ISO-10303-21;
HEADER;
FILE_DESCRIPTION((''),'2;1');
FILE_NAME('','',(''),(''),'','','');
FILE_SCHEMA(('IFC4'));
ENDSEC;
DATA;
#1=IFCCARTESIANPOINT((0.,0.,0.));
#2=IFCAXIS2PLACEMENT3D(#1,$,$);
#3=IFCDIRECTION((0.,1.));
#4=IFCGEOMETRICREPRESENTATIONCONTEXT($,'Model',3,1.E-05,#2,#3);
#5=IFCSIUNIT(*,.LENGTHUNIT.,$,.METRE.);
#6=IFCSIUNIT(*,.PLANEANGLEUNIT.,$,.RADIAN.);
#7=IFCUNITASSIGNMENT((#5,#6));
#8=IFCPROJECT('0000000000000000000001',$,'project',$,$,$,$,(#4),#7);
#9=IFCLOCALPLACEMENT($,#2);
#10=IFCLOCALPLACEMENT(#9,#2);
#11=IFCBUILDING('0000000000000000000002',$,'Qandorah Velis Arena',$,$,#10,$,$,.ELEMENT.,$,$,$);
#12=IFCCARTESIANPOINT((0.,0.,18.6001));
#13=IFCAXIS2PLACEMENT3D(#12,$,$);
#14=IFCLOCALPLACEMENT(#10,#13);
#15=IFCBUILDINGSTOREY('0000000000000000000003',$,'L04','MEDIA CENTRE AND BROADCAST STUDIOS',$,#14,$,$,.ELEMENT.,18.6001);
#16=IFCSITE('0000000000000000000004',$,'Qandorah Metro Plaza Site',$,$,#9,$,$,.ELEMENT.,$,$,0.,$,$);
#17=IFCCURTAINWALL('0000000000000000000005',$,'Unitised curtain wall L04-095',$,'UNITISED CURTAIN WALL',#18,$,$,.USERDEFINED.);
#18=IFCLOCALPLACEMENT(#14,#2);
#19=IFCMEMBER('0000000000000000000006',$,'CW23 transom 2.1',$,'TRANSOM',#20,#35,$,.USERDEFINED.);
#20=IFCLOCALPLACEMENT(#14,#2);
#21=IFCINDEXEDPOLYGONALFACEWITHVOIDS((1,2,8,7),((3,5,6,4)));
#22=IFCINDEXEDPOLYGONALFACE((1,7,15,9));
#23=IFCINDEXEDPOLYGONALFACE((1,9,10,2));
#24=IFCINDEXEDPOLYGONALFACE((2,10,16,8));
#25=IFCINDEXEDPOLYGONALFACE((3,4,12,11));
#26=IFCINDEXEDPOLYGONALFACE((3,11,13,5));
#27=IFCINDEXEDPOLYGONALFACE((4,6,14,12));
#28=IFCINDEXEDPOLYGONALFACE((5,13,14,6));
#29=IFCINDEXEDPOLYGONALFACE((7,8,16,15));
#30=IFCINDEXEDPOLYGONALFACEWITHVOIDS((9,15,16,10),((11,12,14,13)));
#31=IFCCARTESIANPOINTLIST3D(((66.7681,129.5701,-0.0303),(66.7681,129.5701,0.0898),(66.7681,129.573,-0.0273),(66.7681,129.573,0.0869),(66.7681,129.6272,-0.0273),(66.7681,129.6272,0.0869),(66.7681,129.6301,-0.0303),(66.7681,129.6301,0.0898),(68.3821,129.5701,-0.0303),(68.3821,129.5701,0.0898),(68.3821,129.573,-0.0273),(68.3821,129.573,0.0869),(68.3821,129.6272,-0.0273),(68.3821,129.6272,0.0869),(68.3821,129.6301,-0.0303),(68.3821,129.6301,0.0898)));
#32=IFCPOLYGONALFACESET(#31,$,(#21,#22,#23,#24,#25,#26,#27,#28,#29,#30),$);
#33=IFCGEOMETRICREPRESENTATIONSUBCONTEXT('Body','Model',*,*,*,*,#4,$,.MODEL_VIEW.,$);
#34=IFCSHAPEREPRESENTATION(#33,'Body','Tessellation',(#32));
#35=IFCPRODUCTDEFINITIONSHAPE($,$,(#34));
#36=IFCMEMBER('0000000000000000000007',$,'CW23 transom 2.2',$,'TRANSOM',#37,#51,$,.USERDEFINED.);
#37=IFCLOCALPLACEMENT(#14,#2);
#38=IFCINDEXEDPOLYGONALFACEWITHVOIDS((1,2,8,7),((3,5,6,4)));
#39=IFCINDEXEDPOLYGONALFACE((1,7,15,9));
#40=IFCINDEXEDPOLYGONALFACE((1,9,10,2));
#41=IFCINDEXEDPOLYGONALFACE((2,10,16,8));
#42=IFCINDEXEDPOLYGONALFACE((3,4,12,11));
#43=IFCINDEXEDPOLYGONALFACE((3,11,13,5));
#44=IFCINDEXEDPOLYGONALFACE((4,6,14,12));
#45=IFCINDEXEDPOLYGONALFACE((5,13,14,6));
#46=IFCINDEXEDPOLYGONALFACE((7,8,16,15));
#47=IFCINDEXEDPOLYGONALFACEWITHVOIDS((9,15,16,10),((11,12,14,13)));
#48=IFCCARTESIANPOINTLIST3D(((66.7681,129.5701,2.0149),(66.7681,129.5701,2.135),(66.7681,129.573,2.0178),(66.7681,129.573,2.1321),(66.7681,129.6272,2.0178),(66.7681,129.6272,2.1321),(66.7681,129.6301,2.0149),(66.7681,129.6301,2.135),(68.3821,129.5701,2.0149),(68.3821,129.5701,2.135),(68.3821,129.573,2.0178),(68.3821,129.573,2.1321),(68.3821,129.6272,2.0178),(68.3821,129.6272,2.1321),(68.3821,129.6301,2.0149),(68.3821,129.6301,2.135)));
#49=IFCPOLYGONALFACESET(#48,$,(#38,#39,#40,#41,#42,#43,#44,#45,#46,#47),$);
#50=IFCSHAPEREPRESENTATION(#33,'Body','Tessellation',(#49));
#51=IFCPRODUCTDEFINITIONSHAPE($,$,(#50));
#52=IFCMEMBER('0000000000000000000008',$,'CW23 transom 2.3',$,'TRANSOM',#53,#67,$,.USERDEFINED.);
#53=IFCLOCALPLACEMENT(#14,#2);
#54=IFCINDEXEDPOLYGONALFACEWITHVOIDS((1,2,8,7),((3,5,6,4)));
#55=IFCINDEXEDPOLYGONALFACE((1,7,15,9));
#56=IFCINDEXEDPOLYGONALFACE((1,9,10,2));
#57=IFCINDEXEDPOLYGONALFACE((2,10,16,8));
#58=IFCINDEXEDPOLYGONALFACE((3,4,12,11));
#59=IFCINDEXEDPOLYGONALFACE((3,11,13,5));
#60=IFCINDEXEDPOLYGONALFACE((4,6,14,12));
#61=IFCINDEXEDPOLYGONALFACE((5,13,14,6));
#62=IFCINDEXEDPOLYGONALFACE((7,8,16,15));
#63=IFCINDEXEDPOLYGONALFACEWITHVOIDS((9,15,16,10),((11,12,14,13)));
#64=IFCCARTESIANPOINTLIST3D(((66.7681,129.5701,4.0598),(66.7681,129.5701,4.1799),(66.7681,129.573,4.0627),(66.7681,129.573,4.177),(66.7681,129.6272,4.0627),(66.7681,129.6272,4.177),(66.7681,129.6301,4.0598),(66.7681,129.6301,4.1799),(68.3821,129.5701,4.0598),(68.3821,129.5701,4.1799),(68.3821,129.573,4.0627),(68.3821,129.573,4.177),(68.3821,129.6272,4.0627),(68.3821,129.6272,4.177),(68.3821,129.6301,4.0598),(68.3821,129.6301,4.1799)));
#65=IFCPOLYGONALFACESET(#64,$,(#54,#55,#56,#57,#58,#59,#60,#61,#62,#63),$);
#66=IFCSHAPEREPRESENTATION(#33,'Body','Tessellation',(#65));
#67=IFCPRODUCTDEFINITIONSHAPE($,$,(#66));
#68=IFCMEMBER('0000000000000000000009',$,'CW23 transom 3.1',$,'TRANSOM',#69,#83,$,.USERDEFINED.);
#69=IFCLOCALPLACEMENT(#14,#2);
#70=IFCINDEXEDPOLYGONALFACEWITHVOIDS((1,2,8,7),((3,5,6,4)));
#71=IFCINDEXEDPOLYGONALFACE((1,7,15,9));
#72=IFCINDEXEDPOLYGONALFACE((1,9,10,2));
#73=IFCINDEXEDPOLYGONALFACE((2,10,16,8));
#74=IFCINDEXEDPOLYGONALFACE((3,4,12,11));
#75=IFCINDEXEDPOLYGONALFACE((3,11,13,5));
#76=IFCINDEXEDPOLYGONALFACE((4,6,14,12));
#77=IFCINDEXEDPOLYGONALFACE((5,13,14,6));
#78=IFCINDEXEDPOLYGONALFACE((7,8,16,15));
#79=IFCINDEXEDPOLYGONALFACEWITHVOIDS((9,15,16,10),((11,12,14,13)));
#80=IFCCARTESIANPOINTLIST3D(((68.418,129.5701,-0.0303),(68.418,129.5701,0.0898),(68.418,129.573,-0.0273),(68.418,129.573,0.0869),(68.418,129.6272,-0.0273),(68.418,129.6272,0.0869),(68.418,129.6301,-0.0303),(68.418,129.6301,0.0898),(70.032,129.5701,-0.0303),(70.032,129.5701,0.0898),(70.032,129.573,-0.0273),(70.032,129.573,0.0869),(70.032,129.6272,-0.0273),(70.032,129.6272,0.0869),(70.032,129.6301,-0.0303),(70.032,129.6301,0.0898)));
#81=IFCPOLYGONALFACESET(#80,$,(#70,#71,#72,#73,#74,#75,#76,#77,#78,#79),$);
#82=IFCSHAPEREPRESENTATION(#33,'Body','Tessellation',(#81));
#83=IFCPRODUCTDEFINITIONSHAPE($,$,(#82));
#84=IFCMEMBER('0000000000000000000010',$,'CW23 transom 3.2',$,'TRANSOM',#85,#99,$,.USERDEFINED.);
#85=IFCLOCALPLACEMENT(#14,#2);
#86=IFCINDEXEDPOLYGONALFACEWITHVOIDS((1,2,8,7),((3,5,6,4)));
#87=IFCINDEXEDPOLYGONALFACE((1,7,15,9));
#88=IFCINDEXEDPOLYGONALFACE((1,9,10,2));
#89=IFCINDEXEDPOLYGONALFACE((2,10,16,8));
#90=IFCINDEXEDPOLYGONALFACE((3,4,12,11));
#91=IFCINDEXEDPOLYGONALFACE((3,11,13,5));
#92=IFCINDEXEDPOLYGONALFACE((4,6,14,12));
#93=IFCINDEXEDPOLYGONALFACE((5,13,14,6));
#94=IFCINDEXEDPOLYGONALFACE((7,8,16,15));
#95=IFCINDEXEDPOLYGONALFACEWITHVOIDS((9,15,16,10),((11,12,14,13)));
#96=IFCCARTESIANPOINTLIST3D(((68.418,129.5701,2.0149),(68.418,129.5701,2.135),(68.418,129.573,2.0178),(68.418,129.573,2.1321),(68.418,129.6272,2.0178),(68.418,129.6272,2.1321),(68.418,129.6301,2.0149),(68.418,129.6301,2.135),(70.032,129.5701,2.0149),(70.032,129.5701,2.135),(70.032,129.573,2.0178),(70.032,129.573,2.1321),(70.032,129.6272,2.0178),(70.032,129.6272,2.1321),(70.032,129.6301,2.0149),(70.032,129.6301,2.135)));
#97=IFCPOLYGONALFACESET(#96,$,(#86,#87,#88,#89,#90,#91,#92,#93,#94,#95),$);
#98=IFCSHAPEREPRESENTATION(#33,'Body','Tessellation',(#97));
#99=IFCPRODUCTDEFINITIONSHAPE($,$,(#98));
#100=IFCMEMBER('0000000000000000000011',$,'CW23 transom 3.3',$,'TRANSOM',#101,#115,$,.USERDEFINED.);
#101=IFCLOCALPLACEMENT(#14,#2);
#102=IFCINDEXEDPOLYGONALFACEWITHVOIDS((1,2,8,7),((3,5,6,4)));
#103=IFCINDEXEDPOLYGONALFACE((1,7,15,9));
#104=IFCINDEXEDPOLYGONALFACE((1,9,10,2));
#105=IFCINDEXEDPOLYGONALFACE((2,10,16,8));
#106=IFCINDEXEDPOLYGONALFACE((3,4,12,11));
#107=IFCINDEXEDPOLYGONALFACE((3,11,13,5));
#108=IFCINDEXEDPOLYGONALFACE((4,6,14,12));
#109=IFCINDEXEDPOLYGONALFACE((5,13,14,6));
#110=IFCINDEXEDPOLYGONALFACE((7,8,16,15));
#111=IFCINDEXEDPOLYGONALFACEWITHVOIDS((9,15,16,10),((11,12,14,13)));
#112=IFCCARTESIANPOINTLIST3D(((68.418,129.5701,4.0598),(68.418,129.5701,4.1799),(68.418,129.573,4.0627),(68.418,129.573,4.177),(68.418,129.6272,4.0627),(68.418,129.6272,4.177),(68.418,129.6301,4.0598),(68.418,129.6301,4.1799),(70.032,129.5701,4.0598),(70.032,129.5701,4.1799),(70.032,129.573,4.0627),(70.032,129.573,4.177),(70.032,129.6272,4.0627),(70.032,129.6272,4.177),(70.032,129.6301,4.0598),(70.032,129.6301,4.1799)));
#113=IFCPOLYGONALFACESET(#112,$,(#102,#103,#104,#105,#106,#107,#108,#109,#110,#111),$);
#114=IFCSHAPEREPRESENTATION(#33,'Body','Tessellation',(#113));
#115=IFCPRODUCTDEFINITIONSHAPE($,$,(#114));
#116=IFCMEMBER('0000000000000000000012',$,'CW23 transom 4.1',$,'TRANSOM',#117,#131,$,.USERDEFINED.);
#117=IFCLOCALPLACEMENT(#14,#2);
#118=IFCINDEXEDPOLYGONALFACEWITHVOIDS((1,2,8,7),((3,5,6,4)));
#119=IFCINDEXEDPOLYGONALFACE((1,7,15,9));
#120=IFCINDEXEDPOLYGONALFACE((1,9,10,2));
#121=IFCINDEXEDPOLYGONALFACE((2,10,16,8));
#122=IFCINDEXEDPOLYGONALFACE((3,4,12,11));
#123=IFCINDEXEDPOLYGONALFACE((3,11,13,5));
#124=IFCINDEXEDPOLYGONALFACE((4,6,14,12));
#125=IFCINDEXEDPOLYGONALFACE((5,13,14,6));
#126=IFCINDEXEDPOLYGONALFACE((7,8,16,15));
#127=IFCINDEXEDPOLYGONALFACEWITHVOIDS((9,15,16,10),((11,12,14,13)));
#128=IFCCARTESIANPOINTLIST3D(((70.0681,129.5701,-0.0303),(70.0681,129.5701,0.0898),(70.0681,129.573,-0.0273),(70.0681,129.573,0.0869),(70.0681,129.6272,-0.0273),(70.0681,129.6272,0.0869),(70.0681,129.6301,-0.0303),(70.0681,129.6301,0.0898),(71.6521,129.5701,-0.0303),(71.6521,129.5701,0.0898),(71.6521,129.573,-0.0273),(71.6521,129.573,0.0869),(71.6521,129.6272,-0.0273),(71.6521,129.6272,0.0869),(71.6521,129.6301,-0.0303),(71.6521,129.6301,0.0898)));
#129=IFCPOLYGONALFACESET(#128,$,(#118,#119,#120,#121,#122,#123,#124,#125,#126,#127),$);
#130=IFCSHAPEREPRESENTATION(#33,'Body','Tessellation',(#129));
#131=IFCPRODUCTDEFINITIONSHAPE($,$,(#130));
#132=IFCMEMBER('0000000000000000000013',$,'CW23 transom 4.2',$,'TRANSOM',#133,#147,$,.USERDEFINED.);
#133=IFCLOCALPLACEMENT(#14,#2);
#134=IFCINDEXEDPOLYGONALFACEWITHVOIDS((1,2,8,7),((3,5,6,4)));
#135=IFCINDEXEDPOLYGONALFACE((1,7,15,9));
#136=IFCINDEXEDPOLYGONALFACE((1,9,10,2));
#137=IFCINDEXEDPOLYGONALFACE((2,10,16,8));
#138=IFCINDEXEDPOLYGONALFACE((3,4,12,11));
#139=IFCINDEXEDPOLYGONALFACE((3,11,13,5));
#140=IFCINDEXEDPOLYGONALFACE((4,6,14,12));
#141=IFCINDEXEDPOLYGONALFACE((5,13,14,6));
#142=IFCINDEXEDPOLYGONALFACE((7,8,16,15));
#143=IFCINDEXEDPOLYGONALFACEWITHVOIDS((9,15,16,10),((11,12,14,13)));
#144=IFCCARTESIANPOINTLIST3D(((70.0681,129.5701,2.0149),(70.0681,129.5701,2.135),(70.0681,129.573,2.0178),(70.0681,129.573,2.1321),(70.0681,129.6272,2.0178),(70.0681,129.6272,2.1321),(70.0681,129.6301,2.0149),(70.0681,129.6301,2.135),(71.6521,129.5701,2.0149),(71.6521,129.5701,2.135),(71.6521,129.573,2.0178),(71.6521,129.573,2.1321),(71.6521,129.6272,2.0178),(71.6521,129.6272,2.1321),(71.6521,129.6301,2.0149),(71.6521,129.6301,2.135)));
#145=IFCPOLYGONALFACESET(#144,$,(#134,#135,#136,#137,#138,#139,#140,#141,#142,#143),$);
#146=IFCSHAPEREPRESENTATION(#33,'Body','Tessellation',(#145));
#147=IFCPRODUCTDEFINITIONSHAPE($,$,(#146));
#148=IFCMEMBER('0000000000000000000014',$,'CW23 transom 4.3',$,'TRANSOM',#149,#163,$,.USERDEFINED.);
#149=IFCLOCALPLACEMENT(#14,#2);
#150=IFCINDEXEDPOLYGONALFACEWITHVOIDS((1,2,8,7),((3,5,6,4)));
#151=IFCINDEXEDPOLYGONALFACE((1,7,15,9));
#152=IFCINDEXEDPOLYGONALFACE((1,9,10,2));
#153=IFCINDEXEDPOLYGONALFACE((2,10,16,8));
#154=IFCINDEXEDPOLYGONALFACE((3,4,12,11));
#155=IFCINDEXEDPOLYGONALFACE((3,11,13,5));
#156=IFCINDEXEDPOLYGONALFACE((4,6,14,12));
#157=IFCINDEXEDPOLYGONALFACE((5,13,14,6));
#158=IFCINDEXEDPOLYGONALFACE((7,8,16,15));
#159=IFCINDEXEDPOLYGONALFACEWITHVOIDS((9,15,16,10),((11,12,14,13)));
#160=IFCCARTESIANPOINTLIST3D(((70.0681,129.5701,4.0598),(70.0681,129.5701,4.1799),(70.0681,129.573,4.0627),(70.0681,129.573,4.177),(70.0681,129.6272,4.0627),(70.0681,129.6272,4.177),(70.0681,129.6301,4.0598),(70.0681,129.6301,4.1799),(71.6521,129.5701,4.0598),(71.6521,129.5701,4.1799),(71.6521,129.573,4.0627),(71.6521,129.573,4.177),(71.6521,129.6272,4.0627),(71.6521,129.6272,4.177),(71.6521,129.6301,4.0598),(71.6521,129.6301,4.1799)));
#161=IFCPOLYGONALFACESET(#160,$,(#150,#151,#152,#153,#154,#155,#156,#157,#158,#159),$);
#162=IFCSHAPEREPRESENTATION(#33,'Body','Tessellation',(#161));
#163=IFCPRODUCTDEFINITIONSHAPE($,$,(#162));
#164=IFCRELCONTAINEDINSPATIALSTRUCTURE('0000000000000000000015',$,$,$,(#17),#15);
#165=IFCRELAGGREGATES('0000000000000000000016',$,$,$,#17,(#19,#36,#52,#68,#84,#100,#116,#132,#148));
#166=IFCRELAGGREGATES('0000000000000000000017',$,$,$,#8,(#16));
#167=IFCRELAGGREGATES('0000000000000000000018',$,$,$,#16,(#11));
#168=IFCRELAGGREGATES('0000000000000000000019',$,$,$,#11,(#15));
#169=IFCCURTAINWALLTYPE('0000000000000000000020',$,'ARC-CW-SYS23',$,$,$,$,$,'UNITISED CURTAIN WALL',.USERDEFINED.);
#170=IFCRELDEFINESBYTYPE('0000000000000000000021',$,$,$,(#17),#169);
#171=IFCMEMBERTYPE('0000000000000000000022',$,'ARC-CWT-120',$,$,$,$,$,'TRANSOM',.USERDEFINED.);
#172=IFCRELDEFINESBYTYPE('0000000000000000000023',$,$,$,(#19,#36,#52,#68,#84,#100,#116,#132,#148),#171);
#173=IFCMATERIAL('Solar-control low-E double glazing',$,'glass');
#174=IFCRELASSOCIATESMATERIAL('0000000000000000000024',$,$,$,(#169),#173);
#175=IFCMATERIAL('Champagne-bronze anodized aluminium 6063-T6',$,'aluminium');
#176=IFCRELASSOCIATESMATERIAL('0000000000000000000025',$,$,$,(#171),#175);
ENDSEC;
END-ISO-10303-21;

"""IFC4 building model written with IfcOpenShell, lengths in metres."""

from ifc_helpers import new_model, si_unit, direction, frame, origin, origin_2d, place, context, subcontext, project, spatial, hollow_rectangle, extrude, material, material_profile, profile_set, type_object, element, aggregate, save


model = new_model("IFC4")

# Units and contexts
model_context = context("Model", 3, precision=1e-05, world=origin(), true_north=direction((0.0, 1.0)))
body_context = subcontext(model_context, "Body", "Model", "MODEL_VIEW")
ifc_project = project(units=[si_unit("LENGTHUNIT", "METRE"), si_unit("PLANEANGLEUNIT", "RADIAN")], contexts=[model_context])

# Site, building, storey
site_placement = place(None, origin())
site = spatial("IfcSite", under=ifc_project, at=site_placement, Name="Qandorah Metro Plaza Site", CompositionType="ELEMENT", RefElevation=0.0)
building_placement = place(site_placement, origin())
building = spatial("IfcBuilding", under=site, at=building_placement, Name="Qandorah Velis Arena", CompositionType="ELEMENT")
storey_placement = place(building_placement, frame((0.0, 0.0, 18.6001)))
storey = spatial("IfcBuildingStorey", under=building, at=storey_placement, Name="L04", Description="MEDIA CENTRE AND BROADCAST STUDIOS", CompositionType="ELEMENT", Elevation=18.6001)

# Curtain wall, members
ifc_material_1 = material(Name="Solar-control low-E double glazing", Category="glass")
curtain_wall_type = type_object("IfcCurtainWallType", Name="ARC-CW-SYS23", ElementType="UNITISED CURTAIN WALL", PredefinedType="USERDEFINED", material=ifc_material_1)
curtain_wall_placement = place(storey_placement, origin())
curtain_wall = element("IfcCurtainWall", 1, at=curtain_wall_placement, inside=storey, type_object=curtain_wall_type, Name="Unitised curtain wall L04-095", ObjectType="UNITISED CURTAIN WALL", PredefinedType="USERDEFINED")
ifc_material_2 = material(Name="Champagne-bronze anodized aluminium 6063-T6", Category="aluminium")
ifc_material_profile_1 = material_profile(ifc_material_2, hollow_rectangle(XDim=0.0601, YDim=0.1201, WallThickness=0.0029, at=origin_2d()), Name="ALU TRANSOM 60x120")
ifc_profile_set_1 = profile_set([ifc_material_profile_1], Name="Champagne-bronze anodized aluminium 6063-T6")
member_type_1 = type_object("IfcMemberType", Name="ARC-CWT-120", ElementType="TRANSOM", PredefinedType="USERDEFINED", material=ifc_profile_set_1)
member_1_placement = place(storey_placement, frame((66.7681, 129.6001, 0.0298), z_axis=(1.0, 0.0, 0.0), x_axis=(0.0, 1.0, 0.0)))
member_1 = element("IfcMember", 2, at=member_1_placement, type_object=member_type_1, Name="CW23 transom 2.1", ObjectType="TRANSOM", PredefinedType="USERDEFINED", context=body_context, shape_type="SweptSolid", body=[
    extrude(hollow_rectangle(XDim=0.0601, YDim=0.1201, WallThickness=0.0029, at=origin_2d()), origin(), (0.0, 0.0, 1.0), 1.614),
])
member_2_placement = place(storey_placement, frame((66.7681, 129.6001, 2.075), z_axis=(1.0, 0.0, 0.0), x_axis=(0.0, 1.0, 0.0)))
member_2 = element("IfcMember", 3, at=member_2_placement, type_object=member_type_1, Name="CW23 transom 2.2", ObjectType="TRANSOM", PredefinedType="USERDEFINED", context=body_context, shape_type="SweptSolid", body=[
    extrude(hollow_rectangle(XDim=0.0601, YDim=0.1201, WallThickness=0.0029, at=origin_2d()), origin(), (0.0, 0.0, 1.0), 1.614),
])
member_3_placement = place(storey_placement, frame((66.7681, 129.6001, 4.1199), z_axis=(1.0, 0.0, 0.0), x_axis=(0.0, 1.0, 0.0)))
member_3 = element("IfcMember", 4, at=member_3_placement, type_object=member_type_1, Name="CW23 transom 2.3", ObjectType="TRANSOM", PredefinedType="USERDEFINED", context=body_context, shape_type="SweptSolid", body=[
    extrude(hollow_rectangle(XDim=0.0601, YDim=0.1201, WallThickness=0.0029, at=origin_2d()), origin(), (0.0, 0.0, 1.0), 1.614),
])
member_4_placement = place(storey_placement, frame((68.418, 129.6001, 0.0298), z_axis=(1.0, 0.0, 0.0), x_axis=(0.0, 1.0, 0.0)))
member_4 = element("IfcMember", 5, at=member_4_placement, type_object=member_type_1, Name="CW23 transom 3.1", ObjectType="TRANSOM", PredefinedType="USERDEFINED", context=body_context, shape_type="SweptSolid", body=[
    extrude(hollow_rectangle(XDim=0.0601, YDim=0.1201, WallThickness=0.0029, at=origin_2d()), origin(), (0.0, 0.0, 1.0), 1.614),
])
member_5_placement = place(storey_placement, frame((68.418, 129.6001, 2.075), z_axis=(1.0, 0.0, 0.0), x_axis=(0.0, 1.0, 0.0)))
member_5 = element("IfcMember", 6, at=member_5_placement, type_object=member_type_1, Name="CW23 transom 3.2", ObjectType="TRANSOM", PredefinedType="USERDEFINED", context=body_context, shape_type="SweptSolid", body=[
    extrude(hollow_rectangle(XDim=0.0601, YDim=0.1201, WallThickness=0.0029, at=origin_2d()), origin(), (0.0, 0.0, 1.0), 1.614),
])
member_6_placement = place(storey_placement, frame((68.418, 129.6001, 4.1199), z_axis=(1.0, 0.0, 0.0), x_axis=(0.0, 1.0, 0.0)))
member_6 = element("IfcMember", 7, at=member_6_placement, type_object=member_type_1, Name="CW23 transom 3.3", ObjectType="TRANSOM", PredefinedType="USERDEFINED", context=body_context, shape_type="SweptSolid", body=[
    extrude(hollow_rectangle(XDim=0.0601, YDim=0.1201, WallThickness=0.0029, at=origin_2d()), origin(), (0.0, 0.0, 1.0), 1.614),
])
member_7_placement = place(storey_placement, frame((70.0681, 129.6001, 0.0298), z_axis=(1.0, 0.0, 0.0), x_axis=(0.0, 1.0, 0.0)))
member_7 = element("IfcMember", 8, at=member_7_placement, type_object=member_type_1, Name="CW23 transom 4.1", ObjectType="TRANSOM", PredefinedType="USERDEFINED", context=body_context, shape_type="SweptSolid", body=[
    extrude(hollow_rectangle(XDim=0.0601, YDim=0.1201, WallThickness=0.0029, at=origin_2d()), origin(), (0.0, 0.0, 1.0), 1.584),
])
member_8_placement = place(storey_placement, frame((70.0681, 129.6001, 2.075), z_axis=(1.0, 0.0, 0.0), x_axis=(0.0, 1.0, 0.0)))
member_8 = element("IfcMember", 9, at=member_8_placement, type_object=member_type_1, Name="CW23 transom 4.2", ObjectType="TRANSOM", PredefinedType="USERDEFINED", context=body_context, shape_type="SweptSolid", body=[
    extrude(hollow_rectangle(XDim=0.0601, YDim=0.1201, WallThickness=0.0029, at=origin_2d()), origin(), (0.0, 0.0, 1.0), 1.584),
])
member_9_placement = place(storey_placement, frame((70.0681, 129.6001, 4.1199), z_axis=(1.0, 0.0, 0.0), x_axis=(0.0, 1.0, 0.0)))
member_9 = element("IfcMember", 10, at=member_9_placement, type_object=member_type_1, Name="CW23 transom 4.3", ObjectType="TRANSOM", PredefinedType="USERDEFINED", context=body_context, shape_type="SweptSolid", body=[
    extrude(hollow_rectangle(XDim=0.0601, YDim=0.1201, WallThickness=0.0029, at=origin_2d()), origin(), (0.0, 0.0, 1.0), 1.584),
])

aggregate(curtain_wall, [member_1, member_2, member_3, member_4, member_5, member_6, member_7, member_8, member_9])

save(model, "model.ifc")
